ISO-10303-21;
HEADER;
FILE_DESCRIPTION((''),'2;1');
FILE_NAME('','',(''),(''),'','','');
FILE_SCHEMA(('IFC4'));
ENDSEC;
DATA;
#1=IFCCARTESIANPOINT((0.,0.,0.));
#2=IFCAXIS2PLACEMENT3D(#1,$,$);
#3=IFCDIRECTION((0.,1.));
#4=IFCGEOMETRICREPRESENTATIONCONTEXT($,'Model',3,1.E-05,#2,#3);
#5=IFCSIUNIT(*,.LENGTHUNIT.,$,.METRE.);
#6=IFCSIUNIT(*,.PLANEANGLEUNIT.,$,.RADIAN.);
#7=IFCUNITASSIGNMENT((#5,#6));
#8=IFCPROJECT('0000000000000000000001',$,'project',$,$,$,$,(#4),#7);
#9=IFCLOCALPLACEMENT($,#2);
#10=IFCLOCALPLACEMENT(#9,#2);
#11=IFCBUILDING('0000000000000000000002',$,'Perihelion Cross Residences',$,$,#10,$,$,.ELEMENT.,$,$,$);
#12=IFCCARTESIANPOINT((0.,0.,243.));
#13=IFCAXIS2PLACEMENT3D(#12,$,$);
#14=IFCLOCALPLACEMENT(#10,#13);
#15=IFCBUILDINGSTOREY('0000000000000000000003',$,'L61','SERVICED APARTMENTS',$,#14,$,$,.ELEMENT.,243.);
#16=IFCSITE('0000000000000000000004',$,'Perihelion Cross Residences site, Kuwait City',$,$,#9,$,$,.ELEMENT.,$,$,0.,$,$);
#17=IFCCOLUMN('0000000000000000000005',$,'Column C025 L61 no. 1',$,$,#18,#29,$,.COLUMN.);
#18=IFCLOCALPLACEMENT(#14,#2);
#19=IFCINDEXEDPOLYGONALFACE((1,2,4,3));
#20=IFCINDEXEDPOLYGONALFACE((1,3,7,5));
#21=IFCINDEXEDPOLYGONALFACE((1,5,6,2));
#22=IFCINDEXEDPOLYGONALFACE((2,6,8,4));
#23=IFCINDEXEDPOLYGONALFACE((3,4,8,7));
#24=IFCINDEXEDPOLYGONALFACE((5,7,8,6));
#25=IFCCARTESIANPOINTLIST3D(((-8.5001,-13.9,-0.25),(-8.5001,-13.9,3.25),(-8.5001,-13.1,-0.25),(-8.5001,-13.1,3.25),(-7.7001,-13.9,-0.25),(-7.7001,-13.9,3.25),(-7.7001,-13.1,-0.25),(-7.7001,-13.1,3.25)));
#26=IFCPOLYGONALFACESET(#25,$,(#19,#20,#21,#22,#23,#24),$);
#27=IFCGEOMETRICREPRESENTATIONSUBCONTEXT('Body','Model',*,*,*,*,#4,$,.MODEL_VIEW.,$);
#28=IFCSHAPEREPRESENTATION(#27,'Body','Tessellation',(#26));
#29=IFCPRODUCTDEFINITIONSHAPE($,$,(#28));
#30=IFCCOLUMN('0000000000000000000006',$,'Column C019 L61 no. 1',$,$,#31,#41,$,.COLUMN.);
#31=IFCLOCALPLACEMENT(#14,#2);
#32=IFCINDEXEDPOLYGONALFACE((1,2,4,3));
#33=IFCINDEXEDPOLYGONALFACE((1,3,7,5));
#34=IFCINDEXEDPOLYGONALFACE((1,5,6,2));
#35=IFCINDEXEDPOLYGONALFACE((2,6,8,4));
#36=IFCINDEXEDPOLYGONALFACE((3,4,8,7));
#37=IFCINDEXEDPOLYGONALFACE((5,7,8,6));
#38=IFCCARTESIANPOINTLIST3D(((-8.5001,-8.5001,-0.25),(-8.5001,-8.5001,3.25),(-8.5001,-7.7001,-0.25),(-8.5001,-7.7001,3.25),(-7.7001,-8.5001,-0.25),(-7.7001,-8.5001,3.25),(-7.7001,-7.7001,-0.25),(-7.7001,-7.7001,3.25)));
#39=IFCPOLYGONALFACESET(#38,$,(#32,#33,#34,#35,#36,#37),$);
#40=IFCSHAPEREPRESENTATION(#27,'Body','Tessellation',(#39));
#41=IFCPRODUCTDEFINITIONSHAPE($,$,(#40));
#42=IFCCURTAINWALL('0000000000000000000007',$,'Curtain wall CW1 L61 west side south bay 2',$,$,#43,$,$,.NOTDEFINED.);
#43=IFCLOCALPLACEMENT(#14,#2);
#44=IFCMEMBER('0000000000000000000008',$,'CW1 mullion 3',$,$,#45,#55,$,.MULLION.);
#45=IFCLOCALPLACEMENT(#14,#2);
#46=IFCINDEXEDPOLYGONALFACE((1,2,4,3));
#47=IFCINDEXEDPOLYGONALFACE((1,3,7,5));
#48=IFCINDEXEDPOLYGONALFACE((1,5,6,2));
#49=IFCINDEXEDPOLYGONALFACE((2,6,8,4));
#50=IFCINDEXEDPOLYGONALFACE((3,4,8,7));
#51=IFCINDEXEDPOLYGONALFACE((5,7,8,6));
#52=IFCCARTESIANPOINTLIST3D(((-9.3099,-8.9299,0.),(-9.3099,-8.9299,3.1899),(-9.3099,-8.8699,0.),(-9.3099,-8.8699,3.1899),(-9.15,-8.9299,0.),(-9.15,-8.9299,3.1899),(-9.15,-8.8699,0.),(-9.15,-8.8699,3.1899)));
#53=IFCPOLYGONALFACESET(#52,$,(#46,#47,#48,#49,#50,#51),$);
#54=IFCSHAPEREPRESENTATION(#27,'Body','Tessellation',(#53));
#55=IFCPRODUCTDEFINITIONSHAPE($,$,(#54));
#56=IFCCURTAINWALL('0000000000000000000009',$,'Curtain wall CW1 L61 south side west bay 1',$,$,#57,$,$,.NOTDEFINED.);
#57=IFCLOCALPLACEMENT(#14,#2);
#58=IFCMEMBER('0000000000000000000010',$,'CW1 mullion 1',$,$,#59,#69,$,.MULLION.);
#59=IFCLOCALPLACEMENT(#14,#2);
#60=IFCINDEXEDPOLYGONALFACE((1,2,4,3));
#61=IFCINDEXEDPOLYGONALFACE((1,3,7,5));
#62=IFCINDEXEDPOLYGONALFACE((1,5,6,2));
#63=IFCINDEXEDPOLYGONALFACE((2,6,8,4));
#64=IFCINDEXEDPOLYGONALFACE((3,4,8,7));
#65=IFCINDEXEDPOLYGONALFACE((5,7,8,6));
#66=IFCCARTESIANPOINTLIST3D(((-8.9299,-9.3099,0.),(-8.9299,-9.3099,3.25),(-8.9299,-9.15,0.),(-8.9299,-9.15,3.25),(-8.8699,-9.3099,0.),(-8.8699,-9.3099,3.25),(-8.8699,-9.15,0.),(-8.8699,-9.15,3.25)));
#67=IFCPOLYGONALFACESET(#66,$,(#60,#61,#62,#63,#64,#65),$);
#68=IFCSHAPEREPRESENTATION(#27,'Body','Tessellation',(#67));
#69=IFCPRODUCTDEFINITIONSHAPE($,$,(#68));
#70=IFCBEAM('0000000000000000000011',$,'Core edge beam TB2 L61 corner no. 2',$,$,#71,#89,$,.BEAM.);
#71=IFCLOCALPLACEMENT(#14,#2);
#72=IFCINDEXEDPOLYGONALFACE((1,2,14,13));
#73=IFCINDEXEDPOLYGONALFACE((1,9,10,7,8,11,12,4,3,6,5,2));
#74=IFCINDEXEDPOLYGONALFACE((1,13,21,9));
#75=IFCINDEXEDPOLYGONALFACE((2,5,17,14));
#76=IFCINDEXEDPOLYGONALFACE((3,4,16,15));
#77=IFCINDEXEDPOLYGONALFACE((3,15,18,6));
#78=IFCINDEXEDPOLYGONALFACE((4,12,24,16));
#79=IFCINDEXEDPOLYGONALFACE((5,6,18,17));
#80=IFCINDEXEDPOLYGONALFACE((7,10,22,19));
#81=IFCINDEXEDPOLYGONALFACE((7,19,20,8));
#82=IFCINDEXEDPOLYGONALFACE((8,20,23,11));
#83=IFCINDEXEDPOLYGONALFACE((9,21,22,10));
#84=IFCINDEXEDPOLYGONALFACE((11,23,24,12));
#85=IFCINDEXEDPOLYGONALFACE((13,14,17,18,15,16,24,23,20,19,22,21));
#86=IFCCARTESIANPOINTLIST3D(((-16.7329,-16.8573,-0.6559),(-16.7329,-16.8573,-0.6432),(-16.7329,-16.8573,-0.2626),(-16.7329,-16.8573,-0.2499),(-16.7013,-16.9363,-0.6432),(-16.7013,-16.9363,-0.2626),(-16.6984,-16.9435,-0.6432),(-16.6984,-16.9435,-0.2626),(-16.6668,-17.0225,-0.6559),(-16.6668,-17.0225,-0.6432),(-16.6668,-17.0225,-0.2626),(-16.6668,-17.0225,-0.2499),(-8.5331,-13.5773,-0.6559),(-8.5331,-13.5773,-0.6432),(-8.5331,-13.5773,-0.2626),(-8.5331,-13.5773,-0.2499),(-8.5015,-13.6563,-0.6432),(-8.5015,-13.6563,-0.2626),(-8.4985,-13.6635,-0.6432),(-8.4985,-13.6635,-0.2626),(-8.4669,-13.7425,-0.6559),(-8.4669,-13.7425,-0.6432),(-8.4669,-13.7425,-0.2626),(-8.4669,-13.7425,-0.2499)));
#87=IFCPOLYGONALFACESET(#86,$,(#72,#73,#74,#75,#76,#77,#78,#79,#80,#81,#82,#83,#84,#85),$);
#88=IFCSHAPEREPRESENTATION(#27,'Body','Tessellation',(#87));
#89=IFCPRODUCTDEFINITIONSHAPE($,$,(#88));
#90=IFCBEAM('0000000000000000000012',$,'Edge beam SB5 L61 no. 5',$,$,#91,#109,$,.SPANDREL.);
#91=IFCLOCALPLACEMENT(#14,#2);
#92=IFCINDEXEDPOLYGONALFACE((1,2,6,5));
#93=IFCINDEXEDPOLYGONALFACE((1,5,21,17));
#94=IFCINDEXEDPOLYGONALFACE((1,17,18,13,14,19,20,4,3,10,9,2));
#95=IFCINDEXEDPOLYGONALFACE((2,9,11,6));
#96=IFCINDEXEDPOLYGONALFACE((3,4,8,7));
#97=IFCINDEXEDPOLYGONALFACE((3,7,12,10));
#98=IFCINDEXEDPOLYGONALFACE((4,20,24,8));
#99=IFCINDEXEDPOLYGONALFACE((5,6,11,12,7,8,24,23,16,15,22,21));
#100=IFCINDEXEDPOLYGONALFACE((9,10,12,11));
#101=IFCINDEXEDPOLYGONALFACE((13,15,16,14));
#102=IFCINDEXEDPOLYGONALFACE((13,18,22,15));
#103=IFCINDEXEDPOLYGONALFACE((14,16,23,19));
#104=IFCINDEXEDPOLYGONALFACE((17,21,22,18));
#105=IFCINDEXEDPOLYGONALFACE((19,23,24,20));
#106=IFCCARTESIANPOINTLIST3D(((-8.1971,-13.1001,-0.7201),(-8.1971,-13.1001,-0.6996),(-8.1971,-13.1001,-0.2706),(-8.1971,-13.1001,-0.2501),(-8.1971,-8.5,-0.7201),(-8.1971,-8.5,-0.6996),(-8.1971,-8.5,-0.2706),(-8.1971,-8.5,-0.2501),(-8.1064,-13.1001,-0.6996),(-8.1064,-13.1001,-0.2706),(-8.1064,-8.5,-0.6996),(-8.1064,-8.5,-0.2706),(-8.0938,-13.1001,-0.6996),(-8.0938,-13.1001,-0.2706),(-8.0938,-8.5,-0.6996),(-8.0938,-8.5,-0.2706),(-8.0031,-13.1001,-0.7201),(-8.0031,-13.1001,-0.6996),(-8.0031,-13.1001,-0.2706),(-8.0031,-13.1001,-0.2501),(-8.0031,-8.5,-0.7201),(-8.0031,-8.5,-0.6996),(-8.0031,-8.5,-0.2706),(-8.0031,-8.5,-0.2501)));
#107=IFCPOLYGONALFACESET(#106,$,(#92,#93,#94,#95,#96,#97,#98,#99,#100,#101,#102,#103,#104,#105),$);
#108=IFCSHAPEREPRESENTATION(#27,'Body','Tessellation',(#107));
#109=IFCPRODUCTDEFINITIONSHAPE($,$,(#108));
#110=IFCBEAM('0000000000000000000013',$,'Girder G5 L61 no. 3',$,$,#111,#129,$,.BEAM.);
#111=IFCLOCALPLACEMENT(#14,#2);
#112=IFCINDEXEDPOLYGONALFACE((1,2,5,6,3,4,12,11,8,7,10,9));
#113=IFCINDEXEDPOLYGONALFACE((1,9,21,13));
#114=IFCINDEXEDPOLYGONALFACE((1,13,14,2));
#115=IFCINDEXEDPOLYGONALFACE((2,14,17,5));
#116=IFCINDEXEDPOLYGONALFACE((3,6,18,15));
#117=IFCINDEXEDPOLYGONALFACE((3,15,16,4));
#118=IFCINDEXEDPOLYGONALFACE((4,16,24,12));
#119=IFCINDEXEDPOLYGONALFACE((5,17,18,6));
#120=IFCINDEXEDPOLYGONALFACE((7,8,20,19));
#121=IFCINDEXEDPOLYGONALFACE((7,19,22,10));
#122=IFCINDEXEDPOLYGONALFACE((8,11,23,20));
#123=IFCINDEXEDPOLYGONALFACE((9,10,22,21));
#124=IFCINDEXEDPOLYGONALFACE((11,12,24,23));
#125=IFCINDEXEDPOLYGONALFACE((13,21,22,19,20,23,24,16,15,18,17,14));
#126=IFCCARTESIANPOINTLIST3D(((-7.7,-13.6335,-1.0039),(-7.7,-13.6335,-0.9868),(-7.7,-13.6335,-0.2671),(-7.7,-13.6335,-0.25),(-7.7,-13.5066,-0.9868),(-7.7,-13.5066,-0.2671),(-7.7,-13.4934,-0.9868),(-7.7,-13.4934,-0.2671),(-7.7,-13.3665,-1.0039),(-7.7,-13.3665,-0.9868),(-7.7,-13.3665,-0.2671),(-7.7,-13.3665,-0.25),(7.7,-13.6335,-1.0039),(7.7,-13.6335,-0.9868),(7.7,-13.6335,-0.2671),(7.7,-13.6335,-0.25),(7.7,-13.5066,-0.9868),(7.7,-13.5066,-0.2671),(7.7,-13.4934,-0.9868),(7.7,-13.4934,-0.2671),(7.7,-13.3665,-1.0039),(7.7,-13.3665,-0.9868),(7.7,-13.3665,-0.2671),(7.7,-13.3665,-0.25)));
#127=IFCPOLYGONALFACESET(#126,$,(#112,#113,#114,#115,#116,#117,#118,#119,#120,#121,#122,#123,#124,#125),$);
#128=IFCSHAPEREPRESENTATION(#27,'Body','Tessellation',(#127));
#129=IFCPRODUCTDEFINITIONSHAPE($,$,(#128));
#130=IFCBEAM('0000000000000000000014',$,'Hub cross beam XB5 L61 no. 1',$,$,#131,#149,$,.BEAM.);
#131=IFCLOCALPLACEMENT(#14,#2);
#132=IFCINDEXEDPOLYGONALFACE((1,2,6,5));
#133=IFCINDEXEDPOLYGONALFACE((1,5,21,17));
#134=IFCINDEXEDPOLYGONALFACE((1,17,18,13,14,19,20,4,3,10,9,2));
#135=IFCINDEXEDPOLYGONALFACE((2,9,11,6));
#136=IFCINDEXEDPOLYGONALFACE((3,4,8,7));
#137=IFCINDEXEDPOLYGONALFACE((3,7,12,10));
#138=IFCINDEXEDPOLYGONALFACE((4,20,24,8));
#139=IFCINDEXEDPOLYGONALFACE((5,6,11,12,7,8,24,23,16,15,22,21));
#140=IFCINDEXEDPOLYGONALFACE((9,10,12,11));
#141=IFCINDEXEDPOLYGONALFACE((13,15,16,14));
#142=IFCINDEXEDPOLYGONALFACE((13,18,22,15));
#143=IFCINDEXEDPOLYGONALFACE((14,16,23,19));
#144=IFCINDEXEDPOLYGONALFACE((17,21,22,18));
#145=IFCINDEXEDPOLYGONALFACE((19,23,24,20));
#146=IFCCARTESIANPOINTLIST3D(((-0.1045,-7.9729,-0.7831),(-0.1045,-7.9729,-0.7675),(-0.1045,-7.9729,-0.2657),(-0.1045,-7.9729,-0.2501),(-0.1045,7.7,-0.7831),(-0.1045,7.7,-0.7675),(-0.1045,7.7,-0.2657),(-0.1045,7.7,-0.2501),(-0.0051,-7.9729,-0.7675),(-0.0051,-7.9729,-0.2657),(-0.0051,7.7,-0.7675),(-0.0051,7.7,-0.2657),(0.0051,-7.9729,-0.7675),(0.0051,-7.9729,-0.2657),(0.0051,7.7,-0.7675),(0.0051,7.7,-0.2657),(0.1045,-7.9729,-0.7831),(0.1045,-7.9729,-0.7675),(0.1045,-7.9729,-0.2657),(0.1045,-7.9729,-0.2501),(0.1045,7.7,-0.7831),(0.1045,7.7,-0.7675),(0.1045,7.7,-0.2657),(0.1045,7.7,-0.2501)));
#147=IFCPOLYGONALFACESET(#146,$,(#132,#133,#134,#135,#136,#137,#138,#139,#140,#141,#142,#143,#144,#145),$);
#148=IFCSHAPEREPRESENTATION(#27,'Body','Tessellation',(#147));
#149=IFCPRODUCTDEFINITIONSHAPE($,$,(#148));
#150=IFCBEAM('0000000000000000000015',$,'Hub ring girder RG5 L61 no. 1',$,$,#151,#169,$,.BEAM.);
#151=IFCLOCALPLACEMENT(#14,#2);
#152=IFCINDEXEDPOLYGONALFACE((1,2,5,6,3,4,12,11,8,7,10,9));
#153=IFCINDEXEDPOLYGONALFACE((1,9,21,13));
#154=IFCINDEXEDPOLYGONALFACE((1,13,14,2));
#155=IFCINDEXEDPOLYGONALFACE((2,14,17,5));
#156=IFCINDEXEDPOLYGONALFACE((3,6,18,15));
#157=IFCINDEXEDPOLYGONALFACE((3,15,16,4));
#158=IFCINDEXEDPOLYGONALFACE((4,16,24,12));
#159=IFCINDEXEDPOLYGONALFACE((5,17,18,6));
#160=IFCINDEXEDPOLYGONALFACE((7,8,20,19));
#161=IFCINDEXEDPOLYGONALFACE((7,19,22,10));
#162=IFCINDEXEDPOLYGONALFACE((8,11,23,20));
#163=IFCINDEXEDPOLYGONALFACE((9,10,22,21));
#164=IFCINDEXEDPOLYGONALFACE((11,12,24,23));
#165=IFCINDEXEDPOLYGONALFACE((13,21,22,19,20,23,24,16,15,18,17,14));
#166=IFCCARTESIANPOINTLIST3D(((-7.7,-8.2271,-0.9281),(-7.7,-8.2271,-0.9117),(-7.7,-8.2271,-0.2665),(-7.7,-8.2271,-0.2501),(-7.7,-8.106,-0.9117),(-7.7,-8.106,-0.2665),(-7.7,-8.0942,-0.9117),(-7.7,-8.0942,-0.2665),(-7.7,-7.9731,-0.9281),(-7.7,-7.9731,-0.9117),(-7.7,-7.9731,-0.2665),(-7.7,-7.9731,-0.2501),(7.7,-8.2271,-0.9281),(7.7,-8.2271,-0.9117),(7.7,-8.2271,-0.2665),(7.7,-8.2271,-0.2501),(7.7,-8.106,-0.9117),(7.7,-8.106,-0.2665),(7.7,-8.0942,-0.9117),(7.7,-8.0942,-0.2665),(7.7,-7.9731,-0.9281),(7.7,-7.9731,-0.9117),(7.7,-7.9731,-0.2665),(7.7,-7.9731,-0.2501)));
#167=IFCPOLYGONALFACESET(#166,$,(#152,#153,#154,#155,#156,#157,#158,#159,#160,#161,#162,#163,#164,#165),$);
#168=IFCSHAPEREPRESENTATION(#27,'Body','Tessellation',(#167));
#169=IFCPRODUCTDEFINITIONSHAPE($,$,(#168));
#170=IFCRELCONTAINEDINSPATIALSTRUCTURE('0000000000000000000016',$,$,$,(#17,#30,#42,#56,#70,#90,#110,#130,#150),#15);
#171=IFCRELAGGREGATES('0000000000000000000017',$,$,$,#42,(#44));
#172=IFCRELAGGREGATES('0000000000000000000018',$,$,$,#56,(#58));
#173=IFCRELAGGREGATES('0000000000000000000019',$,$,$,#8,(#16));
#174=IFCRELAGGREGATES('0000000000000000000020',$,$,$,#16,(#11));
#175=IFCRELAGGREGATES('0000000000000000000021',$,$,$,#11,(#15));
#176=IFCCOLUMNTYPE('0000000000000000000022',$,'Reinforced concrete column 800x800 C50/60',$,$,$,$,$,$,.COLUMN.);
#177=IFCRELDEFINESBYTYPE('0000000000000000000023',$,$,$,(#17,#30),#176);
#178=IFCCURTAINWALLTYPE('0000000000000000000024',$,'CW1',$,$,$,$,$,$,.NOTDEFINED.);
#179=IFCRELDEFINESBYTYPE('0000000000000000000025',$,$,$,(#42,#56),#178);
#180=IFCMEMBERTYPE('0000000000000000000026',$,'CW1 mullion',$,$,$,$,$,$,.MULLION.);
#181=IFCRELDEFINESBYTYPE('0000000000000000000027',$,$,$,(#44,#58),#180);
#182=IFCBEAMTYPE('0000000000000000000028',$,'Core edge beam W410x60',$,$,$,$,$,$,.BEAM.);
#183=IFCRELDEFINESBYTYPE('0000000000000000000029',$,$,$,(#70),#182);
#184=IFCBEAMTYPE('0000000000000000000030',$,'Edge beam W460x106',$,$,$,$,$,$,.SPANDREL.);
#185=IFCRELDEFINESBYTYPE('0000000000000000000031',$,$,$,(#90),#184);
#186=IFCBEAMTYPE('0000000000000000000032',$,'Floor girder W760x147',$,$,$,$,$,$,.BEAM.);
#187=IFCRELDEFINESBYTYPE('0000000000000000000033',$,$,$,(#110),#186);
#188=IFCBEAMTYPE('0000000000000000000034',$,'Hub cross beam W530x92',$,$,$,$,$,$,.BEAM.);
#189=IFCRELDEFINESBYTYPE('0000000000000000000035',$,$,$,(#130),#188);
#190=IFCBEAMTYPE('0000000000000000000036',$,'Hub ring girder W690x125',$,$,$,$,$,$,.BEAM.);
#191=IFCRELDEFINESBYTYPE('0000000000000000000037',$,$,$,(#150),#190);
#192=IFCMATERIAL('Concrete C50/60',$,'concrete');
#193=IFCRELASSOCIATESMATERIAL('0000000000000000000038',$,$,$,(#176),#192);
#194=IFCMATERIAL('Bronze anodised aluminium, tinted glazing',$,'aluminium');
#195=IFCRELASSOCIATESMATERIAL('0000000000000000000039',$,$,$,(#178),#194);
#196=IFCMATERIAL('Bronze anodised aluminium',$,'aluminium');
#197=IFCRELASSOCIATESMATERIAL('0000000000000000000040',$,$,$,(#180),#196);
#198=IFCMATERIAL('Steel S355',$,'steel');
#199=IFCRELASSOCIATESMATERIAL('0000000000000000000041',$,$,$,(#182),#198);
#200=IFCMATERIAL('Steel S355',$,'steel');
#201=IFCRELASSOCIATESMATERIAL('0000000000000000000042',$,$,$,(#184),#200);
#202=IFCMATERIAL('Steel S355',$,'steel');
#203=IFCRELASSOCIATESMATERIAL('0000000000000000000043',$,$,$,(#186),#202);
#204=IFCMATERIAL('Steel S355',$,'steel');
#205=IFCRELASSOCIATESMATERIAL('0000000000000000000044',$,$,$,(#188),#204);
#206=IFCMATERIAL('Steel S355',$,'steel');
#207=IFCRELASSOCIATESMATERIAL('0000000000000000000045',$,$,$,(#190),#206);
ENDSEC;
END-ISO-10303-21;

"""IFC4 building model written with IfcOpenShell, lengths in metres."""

from ifc_helpers import new_model, si_unit, direction, frame, origin, origin_2d, place, context, subcontext, project, spatial, rectangle, i_section, extrude, material, material_profile, profile_set, type_object, element, aggregate, save


model = new_model("IFC4")

# Units and contexts
model_context = context("Model", 3, precision=1e-05, world=origin(), true_north=direction((0.0, 1.0)))
body_context = subcontext(model_context, "Body", "Model", "MODEL_VIEW")
ifc_project = project(units=[si_unit("LENGTHUNIT", "METRE"), si_unit("PLANEANGLEUNIT", "RADIAN")], contexts=[model_context])

# Site, building, storey
site_placement = place(None, origin())
site = spatial("IfcSite", under=ifc_project, at=site_placement, Name="Perihelion Cross Residences site, Kuwait City", CompositionType="ELEMENT", RefElevation=0.0)
building_placement = place(site_placement, origin())
building = spatial("IfcBuilding", under=site, at=building_placement, Name="Perihelion Cross Residences", CompositionType="ELEMENT")
storey_placement = place(building_placement, frame((0.0, 0.0, 243.0)))
storey = spatial("IfcBuildingStorey", under=building, at=storey_placement, Name="L61", Description="SERVICED APARTMENTS", CompositionType="ELEMENT", Elevation=243.0)

# Columns
ifc_material_1 = material(Name="Concrete C50/60", Category="concrete")
ifc_material_profile_1 = material_profile(ifc_material_1, rectangle(XDim=0.8, YDim=0.8, at=origin_2d()), Name="RC 800x800")
ifc_profile_set_1 = profile_set([ifc_material_profile_1], Name="Concrete C50/60")
column_type = type_object("IfcColumnType", Name="Reinforced concrete column 800x800 C50/60", PredefinedType="COLUMN", material=ifc_profile_set_1)
for number, where, z_axis, x_axis, name in (
    (1, (-8.1001, -13.5, -0.25), (0.0, 0.0, 1.0), (1.0, 0.0, 0.0), "Column C025 L61 no. 1"),
    (2, (-8.1001, -8.1001, -0.25), (0.0, 0.0, 1.0), (1.0, 0.0, 0.0), "Column C019 L61 no. 1"),
):
    element("IfcColumn", number, at=place(storey_placement, frame(where, z_axis=z_axis, x_axis=x_axis)), inside=storey, type_object=column_type, Name=name, PredefinedType="COLUMN", context=body_context, shape_type="SweptSolid", body=[
        extrude(rectangle(XDim=0.8, YDim=0.8, at=origin_2d()), origin(), (0.0, 0.0, 1.0), 3.5),
    ])

# Curtain walls, members
ifc_material_2 = material(Name="Bronze anodised aluminium, tinted glazing", Category="aluminium")
curtain_wall_type = type_object("IfcCurtainWallType", Name="CW1", PredefinedType="NOTDEFINED", material=ifc_material_2)
curtain_wall_1_placement = place(storey_placement, origin())
curtain_wall_1 = element("IfcCurtainWall", 3, at=curtain_wall_1_placement, inside=storey, type_object=curtain_wall_type, Name="Curtain wall CW1 L61 west side south bay 2", PredefinedType="NOTDEFINED")
ifc_material_3 = material(Name="Bronze anodised aluminium", Category="aluminium")
ifc_material_profile_2 = material_profile(ifc_material_3, rectangle(XDim=0.0601, YDim=0.1599, at=origin_2d()), Name="CW1 mullion")
ifc_profile_set_2 = profile_set([ifc_material_profile_2], Name="Bronze anodised aluminium")
member_type = type_object("IfcMemberType", Name="CW1 mullion", PredefinedType="MULLION", material=ifc_profile_set_2)
member_1_placement = place(storey_placement, frame((-9.23, -8.8999, 0.0), z_axis=(0.0, 0.0, 1.0), x_axis=(0.0, 1.0, 0.0)))
member_1 = element("IfcMember", 4, at=member_1_placement, type_object=member_type, Name="CW1 mullion 3", PredefinedType="MULLION", context=body_context, shape_type="SweptSolid", body=[
    extrude(rectangle(XDim=0.0601, YDim=0.1599, at=origin_2d()), origin(), (0.0, 0.0, 1.0), 3.1899),
])
curtain_wall_2_placement = place(storey_placement, origin())
curtain_wall_2 = element("IfcCurtainWall", 5, at=curtain_wall_2_placement, inside=storey, type_object=curtain_wall_type, Name="Curtain wall CW1 L61 south side west bay 1", PredefinedType="NOTDEFINED")
member_2_placement = place(storey_placement, frame((-8.8999, -9.23, 0.0), z_axis=(0.0, 0.0, 1.0), x_axis=(1.0, 0.0, 0.0)))
member_2 = element("IfcMember", 6, at=member_2_placement, type_object=member_type, Name="CW1 mullion 1", PredefinedType="MULLION", context=body_context, shape_type="SweptSolid", body=[
    extrude(rectangle(XDim=0.0601, YDim=0.1599, at=origin_2d()), origin(), (0.0, 0.0, 1.0), 3.25),
])

# Beams
ifc_material_4 = material(Name="Steel S355", Category="steel")
ifc_material_profile_3 = material_profile(ifc_material_4, i_section(OverallWidth=0.178, OverallDepth=0.406, WebThickness=0.0078, FlangeThickness=0.0127, at=origin_2d()), Name="W410x60")
ifc_profile_set_3 = profile_set([ifc_material_profile_3], Name="Steel S355")
beam_type_1 = type_object("IfcBeamType", Name="Core edge beam W410x60", PredefinedType="BEAM", material=ifc_profile_set_3)
beam_1_placement = place(storey_placement, frame((-8.5, -13.6599, -0.4529), z_axis=(-0.928475, -0.371395, 0.0), x_axis=(0.371395, -0.928475, 0.0)))
element("IfcBeam", 7, at=beam_1_placement, inside=storey, type_object=beam_type_1, Name="Core edge beam TB2 L61 corner no. 2", PredefinedType="BEAM", context=body_context, shape_type="SweptSolid", body=[
    extrude(i_section(OverallWidth=0.178, OverallDepth=0.406, WebThickness=0.0078, FlangeThickness=0.0127, at=origin_2d()), origin(), (0.0, 0.0, 1.0), 8.8315),
])
ifc_material_5 = material(Name="Steel S355", Category="steel")
ifc_material_profile_4 = material_profile(ifc_material_5, i_section(OverallWidth=0.1941, OverallDepth=0.47, WebThickness=0.0127, FlangeThickness=0.0205, at=origin_2d()), Name="W460x106")
ifc_profile_set_4 = profile_set([ifc_material_profile_4], Name="Steel S355")
beam_type_2 = type_object("IfcBeamType", Name="Edge beam W460x106", PredefinedType="SPANDREL", material=ifc_profile_set_4)
beam_2_placement = place(storey_placement, frame((-8.1001, -8.5, -0.4851), z_axis=(0.0, -1.0, 0.0), x_axis=(1.0, 0.0, 0.0)))
element("IfcBeam", 8, at=beam_2_placement, inside=storey, type_object=beam_type_2, Name="Edge beam SB5 L61 no. 5", PredefinedType="SPANDREL", context=body_context, shape_type="SweptSolid", body=[
    extrude(i_section(OverallWidth=0.1941, OverallDepth=0.47, WebThickness=0.0127, FlangeThickness=0.0205, at=origin_2d()), origin(), (0.0, 0.0, 1.0), 4.6001),
])
ifc_material_6 = material(Name="Steel S355", Category="steel")
ifc_material_profile_5 = material_profile(ifc_material_6, i_section(OverallWidth=0.2671, OverallDepth=0.7539, WebThickness=0.0132, FlangeThickness=0.0171, at=origin_2d()), Name="W760x147")
ifc_profile_set_5 = profile_set([ifc_material_profile_5], Name="Steel S355")
beam_type_3 = type_object("IfcBeamType", Name="Floor girder W760x147", PredefinedType="BEAM", material=ifc_profile_set_5)
beam_3_placement = place(storey_placement, frame((-7.7, -13.5, -0.627), z_axis=(1.0, 0.0, 0.0), x_axis=(0.0, 1.0, 0.0)))
element("IfcBeam", 9, at=beam_3_placement, inside=storey, type_object=beam_type_3, Name="Girder G5 L61 no. 3", PredefinedType="BEAM", context=body_context, shape_type="SweptSolid", body=[
    extrude(i_section(OverallWidth=0.2671, OverallDepth=0.7539, WebThickness=0.0132, FlangeThickness=0.0171, at=origin_2d()), origin(), (0.0, 0.0, 1.0), 15.3999),
])
ifc_material_7 = material(Name="Steel S355", Category="steel")
ifc_material_profile_6 = material_profile(ifc_material_7, i_section(OverallWidth=0.209, OverallDepth=0.533, WebThickness=0.0103, FlangeThickness=0.0156, at=origin_2d()), Name="W530x92")
ifc_profile_set_6 = profile_set([ifc_material_profile_6], Name="Steel S355")
beam_type_4 = type_object("IfcBeamType", Name="Hub cross beam W530x92", PredefinedType="BEAM", material=ifc_profile_set_6)
beam_4_placement = place(storey_placement, frame((0.0, -7.9729, -0.5166), z_axis=(0.0, 1.0, 0.0), x_axis=(-1.0, 0.0, 0.0)))
element("IfcBeam", 10, at=beam_4_placement, inside=storey, type_object=beam_type_4, Name="Hub cross beam XB5 L61 no. 1", PredefinedType="BEAM", context=body_context, shape_type="SweptSolid", body=[
    extrude(i_section(OverallWidth=0.209, OverallDepth=0.533, WebThickness=0.0103, FlangeThickness=0.0156, at=origin_2d()), origin(), (0.0, 0.0, 1.0), 15.6729),
])
ifc_material_8 = material(Name="Steel S355", Category="steel")
ifc_material_profile_7 = material_profile(ifc_material_8, i_section(OverallWidth=0.2539, OverallDepth=0.678, WebThickness=0.0117, FlangeThickness=0.0164, at=origin_2d()), Name="W690x125")
ifc_profile_set_7 = profile_set([ifc_material_profile_7], Name="Steel S355")
beam_type_5 = type_object("IfcBeamType", Name="Hub ring girder W690x125", PredefinedType="BEAM", material=ifc_profile_set_7)
beam_5_placement = place(storey_placement, frame((-7.7, -8.1001, -0.5891), z_axis=(1.0, 0.0, 0.0), x_axis=(0.0, 1.0, 0.0)))
element("IfcBeam", 11, at=beam_5_placement, inside=storey, type_object=beam_type_5, Name="Hub ring girder RG5 L61 no. 1", PredefinedType="BEAM", context=body_context, shape_type="SweptSolid", body=[
    extrude(i_section(OverallWidth=0.2539, OverallDepth=0.678, WebThickness=0.0117, FlangeThickness=0.0164, at=origin_2d()), origin(), (0.0, 0.0, 1.0), 15.3999),
])

aggregate(curtain_wall_1, [member_1])
aggregate(curtain_wall_2, [member_2])

save(model, "model.ifc")
